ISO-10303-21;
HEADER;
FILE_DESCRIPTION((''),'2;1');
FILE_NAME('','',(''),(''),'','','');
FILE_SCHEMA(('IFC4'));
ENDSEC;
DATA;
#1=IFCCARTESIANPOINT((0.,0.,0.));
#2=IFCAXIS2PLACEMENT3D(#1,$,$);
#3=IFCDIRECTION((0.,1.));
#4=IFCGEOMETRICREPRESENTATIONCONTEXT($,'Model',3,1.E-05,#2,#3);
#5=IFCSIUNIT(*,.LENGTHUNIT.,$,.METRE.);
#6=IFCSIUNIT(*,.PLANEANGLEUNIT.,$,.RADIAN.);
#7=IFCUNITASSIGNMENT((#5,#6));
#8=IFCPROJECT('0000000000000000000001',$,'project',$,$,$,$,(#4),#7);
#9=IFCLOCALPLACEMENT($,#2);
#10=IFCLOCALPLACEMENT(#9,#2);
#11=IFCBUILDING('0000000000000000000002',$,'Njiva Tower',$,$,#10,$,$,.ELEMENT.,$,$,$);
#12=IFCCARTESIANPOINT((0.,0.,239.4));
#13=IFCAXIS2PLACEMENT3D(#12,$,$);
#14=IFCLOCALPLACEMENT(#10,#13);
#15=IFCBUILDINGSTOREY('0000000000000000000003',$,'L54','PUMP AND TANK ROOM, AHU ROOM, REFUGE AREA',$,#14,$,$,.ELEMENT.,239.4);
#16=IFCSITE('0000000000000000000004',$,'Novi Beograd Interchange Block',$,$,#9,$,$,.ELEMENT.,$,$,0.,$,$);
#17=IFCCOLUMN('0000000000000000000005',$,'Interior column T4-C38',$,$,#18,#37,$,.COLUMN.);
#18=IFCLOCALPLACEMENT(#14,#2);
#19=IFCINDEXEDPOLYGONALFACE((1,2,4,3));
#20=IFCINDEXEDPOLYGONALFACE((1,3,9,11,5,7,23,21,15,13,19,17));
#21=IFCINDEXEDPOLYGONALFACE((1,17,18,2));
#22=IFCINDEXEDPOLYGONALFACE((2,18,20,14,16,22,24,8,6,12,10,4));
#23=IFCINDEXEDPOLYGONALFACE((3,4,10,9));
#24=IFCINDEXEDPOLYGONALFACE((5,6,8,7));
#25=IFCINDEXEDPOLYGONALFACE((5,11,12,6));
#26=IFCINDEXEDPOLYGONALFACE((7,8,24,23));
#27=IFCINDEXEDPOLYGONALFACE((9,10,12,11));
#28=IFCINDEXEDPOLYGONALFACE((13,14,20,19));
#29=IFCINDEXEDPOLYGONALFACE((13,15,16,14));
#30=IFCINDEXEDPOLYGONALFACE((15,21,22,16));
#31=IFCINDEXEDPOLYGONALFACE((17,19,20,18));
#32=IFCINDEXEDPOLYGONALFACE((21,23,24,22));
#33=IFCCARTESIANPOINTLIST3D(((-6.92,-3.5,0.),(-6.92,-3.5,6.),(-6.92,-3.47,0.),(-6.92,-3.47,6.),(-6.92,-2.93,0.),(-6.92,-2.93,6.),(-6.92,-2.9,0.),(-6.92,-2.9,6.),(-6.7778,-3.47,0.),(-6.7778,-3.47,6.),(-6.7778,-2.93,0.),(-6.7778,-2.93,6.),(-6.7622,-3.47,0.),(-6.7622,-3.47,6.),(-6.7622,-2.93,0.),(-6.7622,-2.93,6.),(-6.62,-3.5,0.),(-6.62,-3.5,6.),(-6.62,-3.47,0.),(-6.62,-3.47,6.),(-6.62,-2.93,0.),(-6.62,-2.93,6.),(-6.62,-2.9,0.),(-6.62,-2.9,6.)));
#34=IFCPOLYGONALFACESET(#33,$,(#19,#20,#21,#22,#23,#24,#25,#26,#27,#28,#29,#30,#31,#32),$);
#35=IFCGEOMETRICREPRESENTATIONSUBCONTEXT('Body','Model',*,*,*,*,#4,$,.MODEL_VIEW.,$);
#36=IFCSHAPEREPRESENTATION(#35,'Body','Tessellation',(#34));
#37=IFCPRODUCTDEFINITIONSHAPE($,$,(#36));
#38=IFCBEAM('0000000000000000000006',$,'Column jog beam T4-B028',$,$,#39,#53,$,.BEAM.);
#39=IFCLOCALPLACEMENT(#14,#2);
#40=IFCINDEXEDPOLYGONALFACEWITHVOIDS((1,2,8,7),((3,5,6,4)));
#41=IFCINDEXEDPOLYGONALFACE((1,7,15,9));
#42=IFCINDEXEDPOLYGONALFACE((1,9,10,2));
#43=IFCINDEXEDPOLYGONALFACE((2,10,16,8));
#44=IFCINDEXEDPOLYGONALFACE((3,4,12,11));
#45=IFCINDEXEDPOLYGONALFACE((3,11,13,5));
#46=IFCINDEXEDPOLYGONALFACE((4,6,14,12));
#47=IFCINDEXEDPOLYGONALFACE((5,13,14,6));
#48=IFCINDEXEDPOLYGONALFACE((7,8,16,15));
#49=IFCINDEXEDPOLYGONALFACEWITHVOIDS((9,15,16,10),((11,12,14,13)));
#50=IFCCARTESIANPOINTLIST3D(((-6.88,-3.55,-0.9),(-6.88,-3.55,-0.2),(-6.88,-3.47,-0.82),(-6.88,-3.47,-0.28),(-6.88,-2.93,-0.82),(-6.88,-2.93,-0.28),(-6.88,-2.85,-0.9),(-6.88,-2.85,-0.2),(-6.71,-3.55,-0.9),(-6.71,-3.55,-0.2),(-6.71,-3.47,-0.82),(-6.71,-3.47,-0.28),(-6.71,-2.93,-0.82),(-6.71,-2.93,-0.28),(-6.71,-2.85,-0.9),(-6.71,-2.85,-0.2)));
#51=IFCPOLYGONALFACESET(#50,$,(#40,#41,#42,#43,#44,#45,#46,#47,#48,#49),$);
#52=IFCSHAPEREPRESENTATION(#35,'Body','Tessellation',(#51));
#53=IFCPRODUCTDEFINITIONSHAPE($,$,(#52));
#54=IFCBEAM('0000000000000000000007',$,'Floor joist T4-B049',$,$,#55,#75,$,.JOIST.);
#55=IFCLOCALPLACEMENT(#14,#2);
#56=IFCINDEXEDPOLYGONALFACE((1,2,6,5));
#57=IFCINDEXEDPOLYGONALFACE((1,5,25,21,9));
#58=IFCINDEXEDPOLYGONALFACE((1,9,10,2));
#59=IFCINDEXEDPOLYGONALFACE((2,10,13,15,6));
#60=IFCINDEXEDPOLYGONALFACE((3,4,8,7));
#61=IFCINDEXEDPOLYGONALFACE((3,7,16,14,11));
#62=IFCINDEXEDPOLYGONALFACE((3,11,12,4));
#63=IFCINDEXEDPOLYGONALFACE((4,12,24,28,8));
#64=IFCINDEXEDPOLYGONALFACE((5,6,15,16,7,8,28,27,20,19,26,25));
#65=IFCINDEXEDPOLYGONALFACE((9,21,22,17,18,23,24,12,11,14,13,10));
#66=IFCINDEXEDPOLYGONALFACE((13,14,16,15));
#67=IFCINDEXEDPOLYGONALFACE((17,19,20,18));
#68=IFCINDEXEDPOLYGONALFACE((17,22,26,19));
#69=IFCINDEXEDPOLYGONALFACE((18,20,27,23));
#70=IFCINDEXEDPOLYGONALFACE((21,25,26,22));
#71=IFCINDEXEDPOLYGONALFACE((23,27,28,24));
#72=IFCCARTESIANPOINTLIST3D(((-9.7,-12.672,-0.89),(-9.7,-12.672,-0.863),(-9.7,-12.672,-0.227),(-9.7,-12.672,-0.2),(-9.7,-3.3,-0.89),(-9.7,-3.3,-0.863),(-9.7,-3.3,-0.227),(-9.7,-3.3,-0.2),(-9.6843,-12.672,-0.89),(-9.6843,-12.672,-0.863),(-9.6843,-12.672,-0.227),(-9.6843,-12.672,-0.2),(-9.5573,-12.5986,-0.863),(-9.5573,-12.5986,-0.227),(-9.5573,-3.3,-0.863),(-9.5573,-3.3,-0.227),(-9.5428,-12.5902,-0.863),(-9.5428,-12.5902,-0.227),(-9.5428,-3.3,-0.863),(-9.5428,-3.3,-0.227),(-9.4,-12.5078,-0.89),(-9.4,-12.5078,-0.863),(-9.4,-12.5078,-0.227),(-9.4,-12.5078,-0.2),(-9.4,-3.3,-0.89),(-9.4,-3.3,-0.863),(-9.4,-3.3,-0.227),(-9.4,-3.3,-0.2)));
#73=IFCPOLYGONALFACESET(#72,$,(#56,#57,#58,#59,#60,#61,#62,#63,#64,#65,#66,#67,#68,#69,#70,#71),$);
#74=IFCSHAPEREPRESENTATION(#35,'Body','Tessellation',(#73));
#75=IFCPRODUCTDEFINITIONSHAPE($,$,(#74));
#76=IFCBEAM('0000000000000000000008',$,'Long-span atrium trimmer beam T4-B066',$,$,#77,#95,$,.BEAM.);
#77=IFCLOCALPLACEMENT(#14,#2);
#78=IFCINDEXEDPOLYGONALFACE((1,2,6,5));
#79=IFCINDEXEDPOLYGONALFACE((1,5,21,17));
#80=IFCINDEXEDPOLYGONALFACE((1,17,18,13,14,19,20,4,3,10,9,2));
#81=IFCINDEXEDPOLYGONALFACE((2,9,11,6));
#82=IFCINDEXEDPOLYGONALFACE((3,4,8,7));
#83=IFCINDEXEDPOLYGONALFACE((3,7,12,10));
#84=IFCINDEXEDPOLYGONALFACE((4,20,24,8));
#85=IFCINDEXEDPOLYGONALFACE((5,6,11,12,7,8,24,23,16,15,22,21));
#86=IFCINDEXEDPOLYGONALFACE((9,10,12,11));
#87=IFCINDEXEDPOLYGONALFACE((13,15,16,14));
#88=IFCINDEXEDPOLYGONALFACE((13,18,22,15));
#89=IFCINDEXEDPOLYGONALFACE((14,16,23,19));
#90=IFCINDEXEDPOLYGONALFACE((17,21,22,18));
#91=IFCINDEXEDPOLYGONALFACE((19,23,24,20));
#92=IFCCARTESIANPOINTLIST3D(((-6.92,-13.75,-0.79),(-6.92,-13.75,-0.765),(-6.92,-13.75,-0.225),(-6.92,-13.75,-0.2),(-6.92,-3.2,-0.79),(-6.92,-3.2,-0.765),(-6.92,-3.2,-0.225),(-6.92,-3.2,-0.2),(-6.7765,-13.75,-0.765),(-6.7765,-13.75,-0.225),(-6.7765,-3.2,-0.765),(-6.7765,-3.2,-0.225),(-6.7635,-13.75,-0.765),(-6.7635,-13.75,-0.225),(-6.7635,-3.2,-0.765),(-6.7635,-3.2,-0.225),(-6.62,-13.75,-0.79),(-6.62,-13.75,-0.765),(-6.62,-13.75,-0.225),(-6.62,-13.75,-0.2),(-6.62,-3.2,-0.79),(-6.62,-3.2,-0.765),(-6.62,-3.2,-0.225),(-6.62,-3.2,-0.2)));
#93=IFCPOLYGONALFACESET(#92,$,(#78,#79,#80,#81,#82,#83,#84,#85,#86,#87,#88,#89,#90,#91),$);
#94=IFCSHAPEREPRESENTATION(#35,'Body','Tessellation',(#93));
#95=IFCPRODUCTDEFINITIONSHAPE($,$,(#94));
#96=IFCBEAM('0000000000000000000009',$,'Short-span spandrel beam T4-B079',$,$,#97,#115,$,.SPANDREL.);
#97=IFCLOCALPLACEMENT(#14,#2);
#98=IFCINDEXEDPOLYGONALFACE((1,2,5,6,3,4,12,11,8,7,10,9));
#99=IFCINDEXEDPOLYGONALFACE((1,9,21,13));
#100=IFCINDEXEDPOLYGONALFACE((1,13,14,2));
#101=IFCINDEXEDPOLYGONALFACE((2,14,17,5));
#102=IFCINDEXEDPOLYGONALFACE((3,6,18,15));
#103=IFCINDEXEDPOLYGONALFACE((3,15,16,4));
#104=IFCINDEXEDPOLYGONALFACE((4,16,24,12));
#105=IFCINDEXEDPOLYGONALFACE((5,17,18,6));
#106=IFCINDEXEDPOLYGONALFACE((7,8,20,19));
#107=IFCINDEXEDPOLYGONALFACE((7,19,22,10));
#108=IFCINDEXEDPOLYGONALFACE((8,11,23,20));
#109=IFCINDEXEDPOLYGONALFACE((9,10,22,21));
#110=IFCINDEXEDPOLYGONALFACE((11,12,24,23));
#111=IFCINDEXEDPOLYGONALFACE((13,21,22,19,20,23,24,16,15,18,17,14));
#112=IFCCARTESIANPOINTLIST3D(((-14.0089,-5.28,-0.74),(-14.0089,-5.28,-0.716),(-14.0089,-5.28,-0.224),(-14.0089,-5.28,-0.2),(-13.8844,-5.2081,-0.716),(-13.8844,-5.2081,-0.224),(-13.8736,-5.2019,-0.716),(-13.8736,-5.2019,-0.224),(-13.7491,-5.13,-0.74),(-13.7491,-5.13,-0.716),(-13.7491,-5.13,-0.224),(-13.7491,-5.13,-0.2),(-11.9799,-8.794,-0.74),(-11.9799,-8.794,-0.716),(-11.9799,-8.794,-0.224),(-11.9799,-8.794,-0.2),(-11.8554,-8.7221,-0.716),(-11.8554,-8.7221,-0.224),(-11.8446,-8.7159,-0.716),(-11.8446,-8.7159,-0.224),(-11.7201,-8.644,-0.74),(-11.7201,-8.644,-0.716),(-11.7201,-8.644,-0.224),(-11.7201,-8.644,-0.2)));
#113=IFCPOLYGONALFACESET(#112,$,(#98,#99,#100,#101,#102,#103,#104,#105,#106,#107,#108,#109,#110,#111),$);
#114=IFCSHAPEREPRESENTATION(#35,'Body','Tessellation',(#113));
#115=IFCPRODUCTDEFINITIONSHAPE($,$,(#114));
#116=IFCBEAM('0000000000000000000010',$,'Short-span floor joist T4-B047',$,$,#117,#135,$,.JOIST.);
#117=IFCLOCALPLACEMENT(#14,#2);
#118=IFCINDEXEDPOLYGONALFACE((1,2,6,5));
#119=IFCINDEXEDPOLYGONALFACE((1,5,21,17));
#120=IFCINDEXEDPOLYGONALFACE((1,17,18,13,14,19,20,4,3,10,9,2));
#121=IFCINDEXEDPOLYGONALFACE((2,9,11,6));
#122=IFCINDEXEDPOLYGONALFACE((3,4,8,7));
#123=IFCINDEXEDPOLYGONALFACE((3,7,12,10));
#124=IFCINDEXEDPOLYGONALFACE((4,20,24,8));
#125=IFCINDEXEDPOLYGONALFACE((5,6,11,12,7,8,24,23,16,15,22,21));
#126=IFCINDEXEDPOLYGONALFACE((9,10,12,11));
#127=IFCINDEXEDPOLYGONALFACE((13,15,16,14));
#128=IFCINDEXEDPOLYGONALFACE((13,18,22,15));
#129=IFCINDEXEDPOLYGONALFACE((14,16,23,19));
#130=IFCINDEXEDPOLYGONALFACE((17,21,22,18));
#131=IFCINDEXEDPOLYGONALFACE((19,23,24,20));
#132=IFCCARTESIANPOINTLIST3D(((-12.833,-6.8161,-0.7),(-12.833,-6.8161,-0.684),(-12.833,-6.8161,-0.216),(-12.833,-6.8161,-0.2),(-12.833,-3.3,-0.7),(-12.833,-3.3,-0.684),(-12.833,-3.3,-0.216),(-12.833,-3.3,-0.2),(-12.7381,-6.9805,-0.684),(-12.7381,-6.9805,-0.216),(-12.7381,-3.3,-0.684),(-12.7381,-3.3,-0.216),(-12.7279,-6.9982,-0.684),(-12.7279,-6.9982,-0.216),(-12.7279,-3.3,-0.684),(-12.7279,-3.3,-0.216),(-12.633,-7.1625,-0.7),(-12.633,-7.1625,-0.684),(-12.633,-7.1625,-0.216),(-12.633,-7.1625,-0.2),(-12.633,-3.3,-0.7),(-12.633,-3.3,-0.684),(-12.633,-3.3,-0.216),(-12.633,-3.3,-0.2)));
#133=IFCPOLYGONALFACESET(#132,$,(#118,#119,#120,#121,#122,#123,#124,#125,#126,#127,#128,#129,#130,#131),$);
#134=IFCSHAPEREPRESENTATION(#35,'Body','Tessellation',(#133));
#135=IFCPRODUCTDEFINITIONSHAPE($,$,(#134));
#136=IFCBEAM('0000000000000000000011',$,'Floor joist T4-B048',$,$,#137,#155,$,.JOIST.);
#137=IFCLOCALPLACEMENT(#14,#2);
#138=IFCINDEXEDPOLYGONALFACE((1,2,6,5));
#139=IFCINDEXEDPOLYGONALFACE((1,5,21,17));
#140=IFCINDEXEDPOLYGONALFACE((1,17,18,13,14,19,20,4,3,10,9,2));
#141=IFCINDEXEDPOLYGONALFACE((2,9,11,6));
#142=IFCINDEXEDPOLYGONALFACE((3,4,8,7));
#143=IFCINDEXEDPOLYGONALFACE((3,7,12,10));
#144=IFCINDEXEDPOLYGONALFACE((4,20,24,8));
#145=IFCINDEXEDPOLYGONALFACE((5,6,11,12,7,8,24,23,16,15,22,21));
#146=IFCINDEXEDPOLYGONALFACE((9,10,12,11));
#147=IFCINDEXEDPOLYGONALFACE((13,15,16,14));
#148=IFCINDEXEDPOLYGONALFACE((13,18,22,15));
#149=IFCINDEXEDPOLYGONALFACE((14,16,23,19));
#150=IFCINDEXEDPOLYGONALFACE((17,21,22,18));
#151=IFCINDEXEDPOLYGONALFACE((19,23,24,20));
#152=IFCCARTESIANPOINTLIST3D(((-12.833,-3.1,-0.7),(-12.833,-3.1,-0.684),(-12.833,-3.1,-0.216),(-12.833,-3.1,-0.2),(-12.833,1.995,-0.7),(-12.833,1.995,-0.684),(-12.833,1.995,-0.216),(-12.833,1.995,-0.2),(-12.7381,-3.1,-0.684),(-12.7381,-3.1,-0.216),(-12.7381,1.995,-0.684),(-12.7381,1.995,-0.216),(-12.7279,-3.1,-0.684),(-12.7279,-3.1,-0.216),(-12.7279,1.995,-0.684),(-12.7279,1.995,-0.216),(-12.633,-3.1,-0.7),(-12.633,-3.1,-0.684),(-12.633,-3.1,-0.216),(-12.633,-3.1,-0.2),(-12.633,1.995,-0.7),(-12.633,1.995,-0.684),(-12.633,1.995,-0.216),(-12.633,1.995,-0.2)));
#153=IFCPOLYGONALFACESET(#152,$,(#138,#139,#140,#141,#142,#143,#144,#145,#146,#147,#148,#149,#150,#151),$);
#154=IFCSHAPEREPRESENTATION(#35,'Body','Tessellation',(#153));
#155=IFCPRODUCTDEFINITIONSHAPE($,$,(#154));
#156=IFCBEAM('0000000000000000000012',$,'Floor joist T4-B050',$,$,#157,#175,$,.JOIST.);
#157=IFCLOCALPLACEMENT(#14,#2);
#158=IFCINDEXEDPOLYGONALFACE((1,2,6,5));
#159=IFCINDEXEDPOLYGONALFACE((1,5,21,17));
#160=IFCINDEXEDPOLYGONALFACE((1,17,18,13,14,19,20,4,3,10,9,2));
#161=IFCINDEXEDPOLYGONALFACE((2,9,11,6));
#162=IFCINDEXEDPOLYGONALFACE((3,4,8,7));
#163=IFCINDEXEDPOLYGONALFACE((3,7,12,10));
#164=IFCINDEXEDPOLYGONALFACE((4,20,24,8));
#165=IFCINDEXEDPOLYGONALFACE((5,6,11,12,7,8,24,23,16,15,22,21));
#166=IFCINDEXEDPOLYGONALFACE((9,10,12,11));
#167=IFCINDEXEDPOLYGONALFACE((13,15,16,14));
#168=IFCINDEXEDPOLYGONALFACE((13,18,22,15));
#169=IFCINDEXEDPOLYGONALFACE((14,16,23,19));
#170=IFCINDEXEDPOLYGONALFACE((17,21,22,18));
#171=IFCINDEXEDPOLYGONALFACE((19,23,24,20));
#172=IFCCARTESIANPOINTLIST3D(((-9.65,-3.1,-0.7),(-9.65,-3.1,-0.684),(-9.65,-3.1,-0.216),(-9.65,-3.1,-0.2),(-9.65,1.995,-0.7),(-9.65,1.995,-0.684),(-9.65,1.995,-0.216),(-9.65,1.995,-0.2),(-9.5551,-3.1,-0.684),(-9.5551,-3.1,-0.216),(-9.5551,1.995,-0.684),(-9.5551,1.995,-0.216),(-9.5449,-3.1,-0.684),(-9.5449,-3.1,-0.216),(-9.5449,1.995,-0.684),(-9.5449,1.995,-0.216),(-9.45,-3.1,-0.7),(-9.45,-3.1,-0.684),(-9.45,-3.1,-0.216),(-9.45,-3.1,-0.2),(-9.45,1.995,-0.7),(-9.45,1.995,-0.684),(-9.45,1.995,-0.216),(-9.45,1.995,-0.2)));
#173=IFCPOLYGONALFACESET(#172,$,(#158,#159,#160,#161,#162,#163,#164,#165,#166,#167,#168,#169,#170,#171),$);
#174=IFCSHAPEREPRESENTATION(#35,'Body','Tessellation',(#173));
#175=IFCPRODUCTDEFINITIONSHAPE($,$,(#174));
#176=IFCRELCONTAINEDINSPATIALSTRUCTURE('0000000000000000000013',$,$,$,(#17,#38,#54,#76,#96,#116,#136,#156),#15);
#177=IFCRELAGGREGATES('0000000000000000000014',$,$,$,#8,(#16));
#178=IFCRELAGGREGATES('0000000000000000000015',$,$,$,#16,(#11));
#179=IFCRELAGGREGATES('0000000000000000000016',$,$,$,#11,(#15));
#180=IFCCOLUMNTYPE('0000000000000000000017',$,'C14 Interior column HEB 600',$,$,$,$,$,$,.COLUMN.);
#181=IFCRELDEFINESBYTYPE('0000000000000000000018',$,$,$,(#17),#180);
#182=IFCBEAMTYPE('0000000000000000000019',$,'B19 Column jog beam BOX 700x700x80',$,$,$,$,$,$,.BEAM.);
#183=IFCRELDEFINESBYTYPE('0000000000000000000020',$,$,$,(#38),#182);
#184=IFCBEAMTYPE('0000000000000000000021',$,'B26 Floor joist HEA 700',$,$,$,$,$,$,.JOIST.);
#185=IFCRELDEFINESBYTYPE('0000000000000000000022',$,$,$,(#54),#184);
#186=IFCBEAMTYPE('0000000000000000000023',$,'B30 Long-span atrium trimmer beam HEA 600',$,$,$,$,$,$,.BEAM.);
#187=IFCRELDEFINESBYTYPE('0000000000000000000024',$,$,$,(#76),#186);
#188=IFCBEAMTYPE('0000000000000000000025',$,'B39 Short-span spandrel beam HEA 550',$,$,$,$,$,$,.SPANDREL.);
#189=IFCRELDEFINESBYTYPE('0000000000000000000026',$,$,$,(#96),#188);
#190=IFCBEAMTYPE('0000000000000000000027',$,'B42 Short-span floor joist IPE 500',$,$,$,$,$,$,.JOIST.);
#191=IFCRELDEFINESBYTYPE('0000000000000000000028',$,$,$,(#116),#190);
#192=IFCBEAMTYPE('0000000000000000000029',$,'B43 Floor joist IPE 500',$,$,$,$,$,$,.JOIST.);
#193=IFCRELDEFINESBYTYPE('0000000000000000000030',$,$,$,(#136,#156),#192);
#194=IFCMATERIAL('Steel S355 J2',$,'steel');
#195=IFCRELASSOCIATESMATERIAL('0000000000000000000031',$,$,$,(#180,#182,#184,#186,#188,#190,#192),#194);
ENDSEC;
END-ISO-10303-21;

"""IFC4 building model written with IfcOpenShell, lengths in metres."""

from ifc_helpers import new_model, si_unit, direction, frame, origin, origin_2d, place, context, subcontext, project, spatial, hollow_rectangle, i_section, extrude, clip, halfspace, material, material_profile, profile_set, type_object, element, save


model = new_model("IFC4")

# Units and contexts
model_context = context("Model", 3, precision=1e-05, world=origin(), true_north=direction((0.0, 1.0)))
body_context = subcontext(model_context, "Body", "Model", "MODEL_VIEW")
ifc_project = project(units=[si_unit("LENGTHUNIT", "METRE"), si_unit("PLANEANGLEUNIT", "RADIAN")], contexts=[model_context])

# Site, building, storey
site_placement = place(None, origin())
site = spatial("IfcSite", under=ifc_project, at=site_placement, Name="Novi Beograd Interchange Block", CompositionType="ELEMENT", RefElevation=0.0)
building_placement = place(site_placement, origin())
building = spatial("IfcBuilding", under=site, at=building_placement, Name="Njiva Tower", CompositionType="ELEMENT")
storey_placement = place(building_placement, frame((0.0, 0.0, 239.4)))
storey = spatial("IfcBuildingStorey", under=building, at=storey_placement, Name="L54", Description="PUMP AND TANK ROOM, AHU ROOM, REFUGE AREA", CompositionType="ELEMENT", Elevation=239.4)

# Column
ifc_material_1 = material(Name="Steel S355 J2", Category="steel")
ifc_material_profile_1 = material_profile(ifc_material_1, i_section(OverallWidth=0.3, OverallDepth=0.6, WebThickness=0.0155, FlangeThickness=0.03, at=origin_2d()), Name="HEB 600")
ifc_profile_set_1 = profile_set([ifc_material_profile_1], Name="Steel S355 J2")
column_type = type_object("IfcColumnType", Name="C14 Interior column HEB 600", PredefinedType="COLUMN", material=ifc_profile_set_1)
column_placement = place(storey_placement, frame((-6.77, -3.2, 0.0), z_axis=(0.0, 0.0, 1.0), x_axis=(1.0, 0.0, 0.0)))
element("IfcColumn", 1, at=column_placement, inside=storey, type_object=column_type, Name="Interior column T4-C38", PredefinedType="COLUMN", context=body_context, shape_type="SweptSolid", body=[
    extrude(i_section(OverallWidth=0.3, OverallDepth=0.6, WebThickness=0.0155, FlangeThickness=0.03, at=origin_2d()), origin(), (0.0, 0.0, 1.0), 6.0),
])

# Beams
ifc_material_profile_2 = material_profile(ifc_material_1, hollow_rectangle(XDim=0.7, YDim=0.7, WallThickness=0.08, at=origin_2d()), Name="BOX 700x700x80")
ifc_profile_set_2 = profile_set([ifc_material_profile_2], Name="Steel S355 J2")
beam_type_1 = type_object("IfcBeamType", Name="B19 Column jog beam BOX 700x700x80", PredefinedType="BEAM", material=ifc_profile_set_2)
beam_1_placement = place(storey_placement, frame((-6.88, -3.2, -0.55), z_axis=(1.0, 0.0, 0.0), x_axis=(0.0, 1.0, 0.0)))
element("IfcBeam", 2, at=beam_1_placement, inside=storey, type_object=beam_type_1, Name="Column jog beam T4-B028", PredefinedType="BEAM", context=body_context, shape_type="SweptSolid", body=[
    extrude(hollow_rectangle(XDim=0.7, YDim=0.7, WallThickness=0.08, at=origin_2d()), origin(), (0.0, 0.0, 1.0), 0.17),
])
ifc_material_profile_3 = material_profile(ifc_material_1, i_section(OverallWidth=0.3, OverallDepth=0.69, WebThickness=0.0145, FlangeThickness=0.027, at=origin_2d()), Name="HEA 700")
ifc_profile_set_3 = profile_set([ifc_material_profile_3], Name="Steel S355 J2")
beam_type_2 = type_object("IfcBeamType", Name="B26 Floor joist HEA 700", PredefinedType="JOIST", material=ifc_profile_set_3)
beam_2_placement = place(storey_placement, frame((-9.55, -3.3, -0.545), z_axis=(0.0, -1.0, 0.0), x_axis=(1.0, 0.0, 0.0)))
element("IfcBeam", 3, at=beam_2_placement, inside=storey, type_object=beam_type_2, Name="Floor joist T4-B049", PredefinedType="JOIST", context=body_context, shape_type="Clipping", body=[
    clip(extrude(i_section(OverallWidth=0.3, OverallDepth=0.69, WebThickness=0.0145, FlangeThickness=0.027, at=origin_2d()), origin(), (0.0, 0.0, 1.0), 9.372), halfspace(frame((0.025, 0.0, 9.28), z_axis=(0.499998, 0.0, 0.866027), x_axis=(0.0, 1.0, 0.0)), False)),
])
ifc_material_profile_4 = material_profile(ifc_material_1, i_section(OverallWidth=0.3, OverallDepth=0.59, WebThickness=0.013, FlangeThickness=0.025, at=origin_2d()), Name="HEA 600")
ifc_profile_set_4 = profile_set([ifc_material_profile_4], Name="Steel S355 J2")
beam_type_3 = type_object("IfcBeamType", Name="B30 Long-span atrium trimmer beam HEA 600", PredefinedType="BEAM", material=ifc_profile_set_4)
beam_3_placement = place(storey_placement, frame((-6.77, -3.2, -0.495), z_axis=(0.0, -1.0, 0.0), x_axis=(1.0, 0.0, 0.0)))
element("IfcBeam", 4, at=beam_3_placement, inside=storey, type_object=beam_type_3, Name="Long-span atrium trimmer beam T4-B066", PredefinedType="BEAM", context=body_context, shape_type="SweptSolid", body=[
    extrude(i_section(OverallWidth=0.3, OverallDepth=0.59, WebThickness=0.013, FlangeThickness=0.025, at=origin_2d()), origin(), (0.0, 0.0, 1.0), 10.55),
])
ifc_material_profile_5 = material_profile(ifc_material_1, i_section(OverallWidth=0.3, OverallDepth=0.54, WebThickness=0.0125, FlangeThickness=0.024, at=origin_2d()), Name="HEA 550")
ifc_profile_set_5 = profile_set([ifc_material_profile_5], Name="Steel S355 J2")
beam_type_4 = type_object("IfcBeamType", Name="B39 Short-span spandrel beam HEA 550", PredefinedType="SPANDREL", material=ifc_profile_set_5)
beam_4_placement = place(storey_placement, frame((-13.879, -5.205, -0.47), z_axis=(0.500035, -0.866005, 0.0), x_axis=(0.866005, 0.500035, 0.0)))
element("IfcBeam", 5, at=beam_4_placement, inside=storey, type_object=beam_type_4, Name="Short-span spandrel beam T4-B079", PredefinedType="SPANDREL", context=body_context, shape_type="SweptSolid", body=[
    extrude(i_section(OverallWidth=0.3, OverallDepth=0.54, WebThickness=0.0125, FlangeThickness=0.024, at=origin_2d()), origin(), (0.0, 0.0, 1.0), 4.0577),
])
ifc_material_profile_6 = material_profile(ifc_material_1, i_section(OverallWidth=0.2, OverallDepth=0.5, WebThickness=0.0102, FlangeThickness=0.016, at=origin_2d()), Name="IPE 500")
ifc_profile_set_6 = profile_set([ifc_material_profile_6], Name="Steel S355 J2")
beam_type_5 = type_object("IfcBeamType", Name="B42 Short-span floor joist IPE 500", PredefinedType="JOIST", material=ifc_profile_set_6)
beam_5_placement = place(storey_placement, frame((-12.733, -3.3, -0.45), z_axis=(0.0, -1.0, 0.0), x_axis=(1.0, 0.0, 0.0)))
element("IfcBeam", 6, at=beam_5_placement, inside=storey, type_object=beam_type_5, Name="Short-span floor joist T4-B047", PredefinedType="JOIST", context=body_context, shape_type="Clipping", body=[
    clip(extrude(i_section(OverallWidth=0.2, OverallDepth=0.5, WebThickness=0.0102, FlangeThickness=0.016, at=origin_2d()), origin(), (0.0, 0.0, 1.0), 3.882), halfspace(frame((-0.0436, 0.0, 3.6138), z_axis=(-0.866027, 0.0, 0.499998), x_axis=(0.0, 1.0, 0.0)), False)),
])
ifc_material_profile_7 = material_profile(ifc_material_1, i_section(OverallWidth=0.2, OverallDepth=0.5, WebThickness=0.0102, FlangeThickness=0.016, at=origin_2d()), Name="IPE 500")
ifc_profile_set_7 = profile_set([ifc_material_profile_7], Name="Steel S355 J2")
beam_type_6 = type_object("IfcBeamType", Name="B43 Floor joist IPE 500", PredefinedType="JOIST", material=ifc_profile_set_7)
for number, where, z_axis, x_axis, name in (
    (7, (-12.733, 1.995, -0.45), (0.0, -1.0, 0.0), (1.0, 0.0, 0.0), "Floor joist T4-B048"),
    (8, (-9.55, 1.995, -0.45), (0.0, -1.0, 0.0), (1.0, 0.0, 0.0), "Floor joist T4-B050"),
):
    element("IfcBeam", number, at=place(storey_placement, frame(where, z_axis=z_axis, x_axis=x_axis)), inside=storey, type_object=beam_type_6, Name=name, PredefinedType="JOIST", context=body_context, shape_type="SweptSolid", body=[
        extrude(i_section(OverallWidth=0.2, OverallDepth=0.5, WebThickness=0.0102, FlangeThickness=0.016, at=origin_2d()), origin(), (0.0, 0.0, 1.0), 5.095),
    ])

save(model, "model.ifc")
